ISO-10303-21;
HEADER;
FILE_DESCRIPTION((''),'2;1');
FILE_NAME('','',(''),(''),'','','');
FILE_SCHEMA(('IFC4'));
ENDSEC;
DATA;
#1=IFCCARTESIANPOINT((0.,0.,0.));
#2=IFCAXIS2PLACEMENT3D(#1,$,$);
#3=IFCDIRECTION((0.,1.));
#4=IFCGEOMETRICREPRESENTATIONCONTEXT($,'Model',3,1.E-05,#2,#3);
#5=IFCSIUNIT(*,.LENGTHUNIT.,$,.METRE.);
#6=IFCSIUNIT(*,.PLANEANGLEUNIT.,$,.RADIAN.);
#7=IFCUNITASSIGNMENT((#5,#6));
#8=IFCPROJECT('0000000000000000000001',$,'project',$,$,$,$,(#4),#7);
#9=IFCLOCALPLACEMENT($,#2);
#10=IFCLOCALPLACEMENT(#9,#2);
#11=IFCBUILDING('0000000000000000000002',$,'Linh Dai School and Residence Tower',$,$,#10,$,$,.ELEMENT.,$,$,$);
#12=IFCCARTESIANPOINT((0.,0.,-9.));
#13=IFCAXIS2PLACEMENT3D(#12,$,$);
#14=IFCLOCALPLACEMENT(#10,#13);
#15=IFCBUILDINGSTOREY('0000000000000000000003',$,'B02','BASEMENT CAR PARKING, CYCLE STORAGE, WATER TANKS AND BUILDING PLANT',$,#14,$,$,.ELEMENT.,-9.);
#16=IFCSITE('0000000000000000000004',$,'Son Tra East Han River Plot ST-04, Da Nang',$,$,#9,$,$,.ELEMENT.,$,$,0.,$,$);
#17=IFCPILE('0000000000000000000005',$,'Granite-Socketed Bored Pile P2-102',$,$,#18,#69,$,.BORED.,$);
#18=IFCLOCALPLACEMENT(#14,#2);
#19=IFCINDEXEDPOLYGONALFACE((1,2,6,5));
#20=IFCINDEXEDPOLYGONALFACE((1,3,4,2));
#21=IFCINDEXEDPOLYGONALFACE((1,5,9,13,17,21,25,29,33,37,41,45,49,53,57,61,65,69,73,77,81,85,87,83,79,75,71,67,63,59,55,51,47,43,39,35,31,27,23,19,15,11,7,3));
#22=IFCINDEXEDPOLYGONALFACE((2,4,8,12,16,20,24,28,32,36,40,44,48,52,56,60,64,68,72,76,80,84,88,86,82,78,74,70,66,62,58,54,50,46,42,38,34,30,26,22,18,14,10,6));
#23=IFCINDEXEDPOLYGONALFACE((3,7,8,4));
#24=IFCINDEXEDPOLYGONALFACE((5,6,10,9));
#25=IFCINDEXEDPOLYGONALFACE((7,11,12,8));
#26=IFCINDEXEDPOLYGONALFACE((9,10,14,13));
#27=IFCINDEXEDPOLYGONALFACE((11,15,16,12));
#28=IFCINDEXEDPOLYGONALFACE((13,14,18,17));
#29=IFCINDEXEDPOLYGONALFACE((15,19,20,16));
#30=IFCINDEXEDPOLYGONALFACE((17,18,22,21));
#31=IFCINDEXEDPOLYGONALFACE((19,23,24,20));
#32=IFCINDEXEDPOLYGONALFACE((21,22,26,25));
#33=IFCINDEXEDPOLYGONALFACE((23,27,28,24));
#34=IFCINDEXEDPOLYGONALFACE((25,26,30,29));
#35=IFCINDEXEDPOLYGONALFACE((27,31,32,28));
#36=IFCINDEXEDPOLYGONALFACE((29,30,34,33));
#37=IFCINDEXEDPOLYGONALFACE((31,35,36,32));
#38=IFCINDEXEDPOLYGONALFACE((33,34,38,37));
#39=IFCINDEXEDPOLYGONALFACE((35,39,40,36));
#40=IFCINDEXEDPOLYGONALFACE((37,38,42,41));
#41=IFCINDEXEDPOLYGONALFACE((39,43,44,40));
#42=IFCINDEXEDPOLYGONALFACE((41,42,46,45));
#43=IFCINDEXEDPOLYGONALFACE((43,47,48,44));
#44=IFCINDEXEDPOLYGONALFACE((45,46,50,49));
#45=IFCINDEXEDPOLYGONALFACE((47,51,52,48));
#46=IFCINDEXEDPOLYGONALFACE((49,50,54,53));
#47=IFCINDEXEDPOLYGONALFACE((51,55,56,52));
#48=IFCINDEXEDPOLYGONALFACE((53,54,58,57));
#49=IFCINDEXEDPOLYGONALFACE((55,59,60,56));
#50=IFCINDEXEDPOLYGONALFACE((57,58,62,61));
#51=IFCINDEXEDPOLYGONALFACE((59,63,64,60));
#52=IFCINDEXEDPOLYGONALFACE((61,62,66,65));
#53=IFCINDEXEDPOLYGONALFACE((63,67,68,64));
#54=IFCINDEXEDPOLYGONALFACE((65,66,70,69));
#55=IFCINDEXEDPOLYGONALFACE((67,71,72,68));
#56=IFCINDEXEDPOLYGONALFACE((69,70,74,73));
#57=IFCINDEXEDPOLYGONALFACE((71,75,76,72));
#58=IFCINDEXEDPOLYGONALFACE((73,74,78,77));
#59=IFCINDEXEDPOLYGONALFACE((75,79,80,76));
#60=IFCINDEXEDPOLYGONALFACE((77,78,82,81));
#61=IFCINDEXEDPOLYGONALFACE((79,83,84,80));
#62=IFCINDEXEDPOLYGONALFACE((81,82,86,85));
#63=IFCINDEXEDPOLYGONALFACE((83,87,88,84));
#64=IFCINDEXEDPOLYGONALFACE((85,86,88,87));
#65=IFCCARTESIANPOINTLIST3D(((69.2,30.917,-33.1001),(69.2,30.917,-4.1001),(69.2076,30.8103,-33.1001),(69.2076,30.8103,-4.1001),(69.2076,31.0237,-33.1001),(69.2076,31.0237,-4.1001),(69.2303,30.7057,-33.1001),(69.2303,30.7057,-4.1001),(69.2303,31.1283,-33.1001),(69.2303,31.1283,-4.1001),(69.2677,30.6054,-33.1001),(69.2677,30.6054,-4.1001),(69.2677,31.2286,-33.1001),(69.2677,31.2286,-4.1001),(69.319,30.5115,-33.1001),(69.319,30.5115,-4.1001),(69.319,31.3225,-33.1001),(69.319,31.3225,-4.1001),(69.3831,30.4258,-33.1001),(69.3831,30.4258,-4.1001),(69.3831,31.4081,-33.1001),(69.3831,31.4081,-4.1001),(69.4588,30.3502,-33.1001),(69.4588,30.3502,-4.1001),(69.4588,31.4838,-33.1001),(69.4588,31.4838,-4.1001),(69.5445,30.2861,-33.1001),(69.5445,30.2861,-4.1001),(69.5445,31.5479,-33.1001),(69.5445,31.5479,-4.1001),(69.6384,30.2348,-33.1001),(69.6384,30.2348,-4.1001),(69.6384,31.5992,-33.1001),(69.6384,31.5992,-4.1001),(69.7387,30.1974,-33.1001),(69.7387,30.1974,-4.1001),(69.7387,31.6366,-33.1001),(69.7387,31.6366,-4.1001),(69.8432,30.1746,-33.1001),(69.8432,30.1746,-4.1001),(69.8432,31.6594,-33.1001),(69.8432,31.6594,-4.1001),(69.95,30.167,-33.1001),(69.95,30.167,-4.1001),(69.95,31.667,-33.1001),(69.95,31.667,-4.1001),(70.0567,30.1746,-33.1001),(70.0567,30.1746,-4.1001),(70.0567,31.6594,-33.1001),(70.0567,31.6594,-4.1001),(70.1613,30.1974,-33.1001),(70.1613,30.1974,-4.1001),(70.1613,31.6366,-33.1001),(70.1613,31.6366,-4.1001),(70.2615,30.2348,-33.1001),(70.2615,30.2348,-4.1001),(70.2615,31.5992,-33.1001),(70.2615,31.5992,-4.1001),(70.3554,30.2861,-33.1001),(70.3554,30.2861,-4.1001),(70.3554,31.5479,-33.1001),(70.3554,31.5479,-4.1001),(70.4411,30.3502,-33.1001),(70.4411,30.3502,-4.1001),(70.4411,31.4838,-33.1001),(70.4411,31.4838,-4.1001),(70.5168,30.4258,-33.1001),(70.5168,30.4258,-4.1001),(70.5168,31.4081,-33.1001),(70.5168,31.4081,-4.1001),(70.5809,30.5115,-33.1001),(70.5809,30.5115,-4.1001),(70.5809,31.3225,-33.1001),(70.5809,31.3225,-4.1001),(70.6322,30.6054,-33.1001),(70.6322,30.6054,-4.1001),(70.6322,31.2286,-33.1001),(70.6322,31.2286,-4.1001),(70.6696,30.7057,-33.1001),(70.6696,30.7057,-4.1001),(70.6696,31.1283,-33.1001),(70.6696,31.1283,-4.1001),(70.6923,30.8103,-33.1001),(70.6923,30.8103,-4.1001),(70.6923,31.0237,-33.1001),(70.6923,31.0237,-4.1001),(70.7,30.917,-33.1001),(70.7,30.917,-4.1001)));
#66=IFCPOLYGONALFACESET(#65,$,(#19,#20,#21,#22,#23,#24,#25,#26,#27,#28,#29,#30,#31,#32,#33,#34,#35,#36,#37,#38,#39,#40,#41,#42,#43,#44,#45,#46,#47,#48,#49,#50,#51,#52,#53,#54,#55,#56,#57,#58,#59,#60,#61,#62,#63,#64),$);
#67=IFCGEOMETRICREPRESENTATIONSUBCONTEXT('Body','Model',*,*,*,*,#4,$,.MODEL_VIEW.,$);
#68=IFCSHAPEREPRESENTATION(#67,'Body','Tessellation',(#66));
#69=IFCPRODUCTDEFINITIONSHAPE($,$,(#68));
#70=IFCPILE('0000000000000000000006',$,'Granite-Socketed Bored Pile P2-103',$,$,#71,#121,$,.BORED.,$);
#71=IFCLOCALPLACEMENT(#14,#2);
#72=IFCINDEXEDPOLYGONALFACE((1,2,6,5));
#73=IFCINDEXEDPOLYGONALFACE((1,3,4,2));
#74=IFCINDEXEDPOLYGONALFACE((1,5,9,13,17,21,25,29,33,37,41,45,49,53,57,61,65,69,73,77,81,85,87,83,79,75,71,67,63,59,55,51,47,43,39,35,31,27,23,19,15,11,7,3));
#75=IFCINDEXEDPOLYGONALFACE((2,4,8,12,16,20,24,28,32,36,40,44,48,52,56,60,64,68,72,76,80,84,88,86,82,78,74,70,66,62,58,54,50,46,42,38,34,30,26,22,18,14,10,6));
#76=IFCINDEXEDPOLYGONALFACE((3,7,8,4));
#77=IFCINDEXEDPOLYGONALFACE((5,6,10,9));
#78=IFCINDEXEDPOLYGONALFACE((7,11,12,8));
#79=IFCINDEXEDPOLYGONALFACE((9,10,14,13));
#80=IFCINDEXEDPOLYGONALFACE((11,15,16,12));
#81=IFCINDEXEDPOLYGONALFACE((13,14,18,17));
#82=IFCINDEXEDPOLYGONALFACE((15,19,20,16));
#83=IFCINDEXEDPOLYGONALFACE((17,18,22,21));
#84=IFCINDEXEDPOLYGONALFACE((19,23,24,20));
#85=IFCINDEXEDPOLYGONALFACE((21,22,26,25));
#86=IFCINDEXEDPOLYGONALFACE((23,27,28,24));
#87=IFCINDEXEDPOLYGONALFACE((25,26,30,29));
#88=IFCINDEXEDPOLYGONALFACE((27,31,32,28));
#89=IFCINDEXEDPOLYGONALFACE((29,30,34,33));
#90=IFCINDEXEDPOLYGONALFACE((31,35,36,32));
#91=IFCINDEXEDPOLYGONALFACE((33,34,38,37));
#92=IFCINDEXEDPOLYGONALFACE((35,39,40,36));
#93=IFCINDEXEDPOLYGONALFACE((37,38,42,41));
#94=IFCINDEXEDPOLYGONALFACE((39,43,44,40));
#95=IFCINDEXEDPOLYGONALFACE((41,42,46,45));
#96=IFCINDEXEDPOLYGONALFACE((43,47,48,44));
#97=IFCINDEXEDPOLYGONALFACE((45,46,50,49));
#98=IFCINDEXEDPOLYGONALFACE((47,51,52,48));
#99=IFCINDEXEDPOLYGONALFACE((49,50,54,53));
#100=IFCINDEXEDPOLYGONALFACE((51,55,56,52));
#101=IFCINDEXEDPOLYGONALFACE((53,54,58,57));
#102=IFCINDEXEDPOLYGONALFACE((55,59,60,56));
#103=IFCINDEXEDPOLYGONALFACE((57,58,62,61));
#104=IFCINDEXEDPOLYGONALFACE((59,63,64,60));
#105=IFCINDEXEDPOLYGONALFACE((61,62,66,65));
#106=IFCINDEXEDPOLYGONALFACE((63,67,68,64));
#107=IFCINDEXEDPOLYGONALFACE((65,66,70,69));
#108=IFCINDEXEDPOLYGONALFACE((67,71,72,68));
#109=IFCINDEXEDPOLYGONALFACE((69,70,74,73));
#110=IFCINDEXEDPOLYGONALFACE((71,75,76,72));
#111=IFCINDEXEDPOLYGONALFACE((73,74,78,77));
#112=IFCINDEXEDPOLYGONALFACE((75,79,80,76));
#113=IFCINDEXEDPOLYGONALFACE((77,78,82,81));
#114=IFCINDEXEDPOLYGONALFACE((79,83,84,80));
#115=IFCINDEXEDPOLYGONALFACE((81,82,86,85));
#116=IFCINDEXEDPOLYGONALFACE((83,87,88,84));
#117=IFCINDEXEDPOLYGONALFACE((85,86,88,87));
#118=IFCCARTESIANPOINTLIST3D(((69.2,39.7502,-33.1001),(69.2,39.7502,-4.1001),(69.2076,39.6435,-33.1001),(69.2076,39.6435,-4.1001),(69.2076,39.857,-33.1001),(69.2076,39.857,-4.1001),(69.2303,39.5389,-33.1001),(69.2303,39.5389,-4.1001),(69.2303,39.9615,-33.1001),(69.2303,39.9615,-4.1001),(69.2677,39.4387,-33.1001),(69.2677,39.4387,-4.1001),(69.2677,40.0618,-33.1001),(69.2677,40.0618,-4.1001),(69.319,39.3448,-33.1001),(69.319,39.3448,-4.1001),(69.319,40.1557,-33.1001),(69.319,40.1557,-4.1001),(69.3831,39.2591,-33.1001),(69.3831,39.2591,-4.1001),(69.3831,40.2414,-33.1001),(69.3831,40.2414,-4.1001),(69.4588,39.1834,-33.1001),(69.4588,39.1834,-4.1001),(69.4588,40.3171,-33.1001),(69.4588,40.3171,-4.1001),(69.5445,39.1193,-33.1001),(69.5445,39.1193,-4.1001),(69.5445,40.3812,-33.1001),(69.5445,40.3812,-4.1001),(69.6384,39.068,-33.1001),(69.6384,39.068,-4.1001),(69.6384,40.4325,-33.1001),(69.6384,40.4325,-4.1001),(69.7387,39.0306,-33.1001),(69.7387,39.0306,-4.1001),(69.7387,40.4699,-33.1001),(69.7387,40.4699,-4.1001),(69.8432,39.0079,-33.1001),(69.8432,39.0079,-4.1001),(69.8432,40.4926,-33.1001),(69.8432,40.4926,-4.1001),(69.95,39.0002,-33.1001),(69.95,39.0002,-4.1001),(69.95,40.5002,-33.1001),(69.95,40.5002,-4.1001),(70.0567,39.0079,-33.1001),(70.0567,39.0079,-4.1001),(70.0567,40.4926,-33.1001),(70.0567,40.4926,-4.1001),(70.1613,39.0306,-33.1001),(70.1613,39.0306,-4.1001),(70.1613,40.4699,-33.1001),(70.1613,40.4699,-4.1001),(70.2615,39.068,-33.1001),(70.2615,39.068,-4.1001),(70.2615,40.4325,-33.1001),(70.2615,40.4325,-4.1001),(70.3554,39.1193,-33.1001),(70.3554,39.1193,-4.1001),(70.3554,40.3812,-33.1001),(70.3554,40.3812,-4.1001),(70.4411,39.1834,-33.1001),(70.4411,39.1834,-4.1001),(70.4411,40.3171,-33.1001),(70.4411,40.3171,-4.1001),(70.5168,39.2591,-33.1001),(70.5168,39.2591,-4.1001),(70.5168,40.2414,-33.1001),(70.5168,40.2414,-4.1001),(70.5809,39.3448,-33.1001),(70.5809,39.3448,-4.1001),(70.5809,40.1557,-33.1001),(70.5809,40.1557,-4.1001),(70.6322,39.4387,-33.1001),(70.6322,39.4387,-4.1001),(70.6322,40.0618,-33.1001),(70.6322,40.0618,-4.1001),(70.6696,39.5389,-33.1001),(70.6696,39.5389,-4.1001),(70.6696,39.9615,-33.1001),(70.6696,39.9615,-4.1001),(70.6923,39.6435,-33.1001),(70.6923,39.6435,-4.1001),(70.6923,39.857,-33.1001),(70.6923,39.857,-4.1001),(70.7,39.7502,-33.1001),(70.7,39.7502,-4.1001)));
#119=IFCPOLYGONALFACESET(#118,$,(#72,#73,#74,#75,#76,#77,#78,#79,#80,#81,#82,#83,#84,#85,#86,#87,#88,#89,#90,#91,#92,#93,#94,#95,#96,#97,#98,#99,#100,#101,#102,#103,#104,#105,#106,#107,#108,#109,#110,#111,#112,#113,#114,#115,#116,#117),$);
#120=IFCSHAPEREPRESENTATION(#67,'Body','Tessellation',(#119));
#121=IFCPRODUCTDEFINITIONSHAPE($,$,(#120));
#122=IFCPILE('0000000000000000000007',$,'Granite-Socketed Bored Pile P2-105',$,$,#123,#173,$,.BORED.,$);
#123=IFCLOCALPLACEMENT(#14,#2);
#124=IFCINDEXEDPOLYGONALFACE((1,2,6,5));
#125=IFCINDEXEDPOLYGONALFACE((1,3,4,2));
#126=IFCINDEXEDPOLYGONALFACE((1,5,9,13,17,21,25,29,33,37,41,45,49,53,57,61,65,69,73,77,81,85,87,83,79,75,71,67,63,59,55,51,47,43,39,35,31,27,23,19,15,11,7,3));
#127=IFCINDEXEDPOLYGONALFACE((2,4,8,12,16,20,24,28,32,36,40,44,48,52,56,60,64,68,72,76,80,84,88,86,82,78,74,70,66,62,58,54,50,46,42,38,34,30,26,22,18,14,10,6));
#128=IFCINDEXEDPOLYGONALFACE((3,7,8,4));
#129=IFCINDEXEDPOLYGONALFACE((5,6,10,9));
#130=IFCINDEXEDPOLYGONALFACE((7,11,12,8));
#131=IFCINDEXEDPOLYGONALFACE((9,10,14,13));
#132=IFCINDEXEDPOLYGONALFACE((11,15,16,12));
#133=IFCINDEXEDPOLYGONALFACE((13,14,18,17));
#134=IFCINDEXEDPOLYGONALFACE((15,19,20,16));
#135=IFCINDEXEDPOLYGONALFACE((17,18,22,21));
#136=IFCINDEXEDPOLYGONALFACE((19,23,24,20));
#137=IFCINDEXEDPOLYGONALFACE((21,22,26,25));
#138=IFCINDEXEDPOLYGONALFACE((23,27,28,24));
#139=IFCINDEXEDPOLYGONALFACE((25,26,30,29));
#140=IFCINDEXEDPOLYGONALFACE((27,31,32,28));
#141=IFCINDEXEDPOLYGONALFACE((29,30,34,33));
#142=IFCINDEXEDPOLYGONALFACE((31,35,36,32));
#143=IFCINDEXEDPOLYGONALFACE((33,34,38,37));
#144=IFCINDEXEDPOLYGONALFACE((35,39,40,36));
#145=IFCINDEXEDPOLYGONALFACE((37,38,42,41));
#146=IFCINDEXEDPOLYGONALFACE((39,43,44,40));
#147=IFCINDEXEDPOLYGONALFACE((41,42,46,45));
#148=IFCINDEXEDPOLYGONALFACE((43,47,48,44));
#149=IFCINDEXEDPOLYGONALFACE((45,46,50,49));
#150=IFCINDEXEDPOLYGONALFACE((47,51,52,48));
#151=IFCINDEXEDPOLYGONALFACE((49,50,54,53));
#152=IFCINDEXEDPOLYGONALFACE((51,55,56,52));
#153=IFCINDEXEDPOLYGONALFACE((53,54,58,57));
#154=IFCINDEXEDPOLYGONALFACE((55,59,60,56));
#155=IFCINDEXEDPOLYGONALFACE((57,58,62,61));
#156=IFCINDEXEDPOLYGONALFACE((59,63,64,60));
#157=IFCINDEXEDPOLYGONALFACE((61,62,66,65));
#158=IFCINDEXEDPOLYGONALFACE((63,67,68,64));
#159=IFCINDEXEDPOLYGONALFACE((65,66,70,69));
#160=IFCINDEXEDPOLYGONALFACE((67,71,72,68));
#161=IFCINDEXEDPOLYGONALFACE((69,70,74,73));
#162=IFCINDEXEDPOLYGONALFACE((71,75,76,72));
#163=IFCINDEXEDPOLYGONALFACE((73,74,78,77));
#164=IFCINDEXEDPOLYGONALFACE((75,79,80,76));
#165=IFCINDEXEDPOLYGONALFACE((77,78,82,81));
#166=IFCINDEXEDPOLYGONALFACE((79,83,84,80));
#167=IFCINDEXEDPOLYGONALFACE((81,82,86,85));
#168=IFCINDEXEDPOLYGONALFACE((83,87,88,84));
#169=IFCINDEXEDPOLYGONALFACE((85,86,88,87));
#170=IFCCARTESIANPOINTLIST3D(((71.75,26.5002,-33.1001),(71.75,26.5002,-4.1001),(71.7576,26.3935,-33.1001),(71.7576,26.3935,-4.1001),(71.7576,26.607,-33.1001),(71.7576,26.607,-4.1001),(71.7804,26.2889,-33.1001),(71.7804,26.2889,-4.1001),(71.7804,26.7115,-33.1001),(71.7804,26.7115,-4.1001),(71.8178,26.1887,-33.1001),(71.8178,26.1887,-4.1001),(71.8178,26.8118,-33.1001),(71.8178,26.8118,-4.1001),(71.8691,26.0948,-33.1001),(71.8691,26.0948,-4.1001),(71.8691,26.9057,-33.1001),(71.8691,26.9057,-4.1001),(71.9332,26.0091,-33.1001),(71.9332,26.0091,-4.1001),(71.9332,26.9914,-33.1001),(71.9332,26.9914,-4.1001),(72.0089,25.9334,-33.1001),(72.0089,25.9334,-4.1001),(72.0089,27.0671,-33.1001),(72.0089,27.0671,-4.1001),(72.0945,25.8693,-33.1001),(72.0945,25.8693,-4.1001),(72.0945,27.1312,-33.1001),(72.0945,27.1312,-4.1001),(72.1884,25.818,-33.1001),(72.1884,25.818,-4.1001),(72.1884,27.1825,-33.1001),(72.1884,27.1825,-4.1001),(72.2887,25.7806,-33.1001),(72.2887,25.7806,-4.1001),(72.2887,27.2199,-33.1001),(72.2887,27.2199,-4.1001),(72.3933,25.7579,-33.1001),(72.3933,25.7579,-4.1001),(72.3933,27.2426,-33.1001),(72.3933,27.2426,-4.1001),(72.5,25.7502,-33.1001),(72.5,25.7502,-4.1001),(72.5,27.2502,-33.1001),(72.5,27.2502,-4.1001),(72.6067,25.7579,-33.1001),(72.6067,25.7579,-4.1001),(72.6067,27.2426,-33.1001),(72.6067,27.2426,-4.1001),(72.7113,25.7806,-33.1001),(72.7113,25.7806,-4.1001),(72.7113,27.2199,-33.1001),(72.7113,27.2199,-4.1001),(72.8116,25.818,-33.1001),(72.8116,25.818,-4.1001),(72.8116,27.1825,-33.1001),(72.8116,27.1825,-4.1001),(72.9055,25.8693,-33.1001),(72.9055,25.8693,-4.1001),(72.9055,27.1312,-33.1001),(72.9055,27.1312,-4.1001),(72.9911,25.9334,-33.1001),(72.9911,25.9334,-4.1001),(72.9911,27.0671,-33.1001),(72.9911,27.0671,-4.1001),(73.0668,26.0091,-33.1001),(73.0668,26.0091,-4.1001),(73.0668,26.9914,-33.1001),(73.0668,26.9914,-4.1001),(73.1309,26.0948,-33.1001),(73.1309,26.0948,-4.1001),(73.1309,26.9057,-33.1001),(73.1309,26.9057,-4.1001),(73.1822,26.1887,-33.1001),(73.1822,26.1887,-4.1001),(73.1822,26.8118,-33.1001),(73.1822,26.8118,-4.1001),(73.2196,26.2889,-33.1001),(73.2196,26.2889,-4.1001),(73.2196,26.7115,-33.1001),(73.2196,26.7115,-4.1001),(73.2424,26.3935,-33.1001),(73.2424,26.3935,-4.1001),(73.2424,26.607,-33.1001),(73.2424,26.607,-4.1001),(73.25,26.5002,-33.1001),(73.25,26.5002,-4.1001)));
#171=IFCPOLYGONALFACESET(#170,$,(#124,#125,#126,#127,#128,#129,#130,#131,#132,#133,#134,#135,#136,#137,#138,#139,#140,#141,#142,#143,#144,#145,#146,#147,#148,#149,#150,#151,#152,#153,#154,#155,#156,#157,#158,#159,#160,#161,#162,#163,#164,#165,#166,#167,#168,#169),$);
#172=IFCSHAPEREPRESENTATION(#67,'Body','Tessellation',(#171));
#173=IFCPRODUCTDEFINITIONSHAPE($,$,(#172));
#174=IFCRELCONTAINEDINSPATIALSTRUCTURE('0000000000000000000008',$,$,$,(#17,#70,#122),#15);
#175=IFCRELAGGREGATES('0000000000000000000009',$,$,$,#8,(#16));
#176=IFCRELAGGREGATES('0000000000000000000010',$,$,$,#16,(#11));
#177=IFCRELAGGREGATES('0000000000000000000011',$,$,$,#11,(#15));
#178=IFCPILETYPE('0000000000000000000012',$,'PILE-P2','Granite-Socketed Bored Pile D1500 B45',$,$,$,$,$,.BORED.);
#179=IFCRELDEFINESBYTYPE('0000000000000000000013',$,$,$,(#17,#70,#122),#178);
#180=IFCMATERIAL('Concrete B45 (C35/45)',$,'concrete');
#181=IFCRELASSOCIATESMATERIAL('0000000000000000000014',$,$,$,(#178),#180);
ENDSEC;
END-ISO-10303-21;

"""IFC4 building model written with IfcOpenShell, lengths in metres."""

from ifc_helpers import new_model, si_unit, direction, frame, origin, origin_2d, place, context, subcontext, project, spatial, circle, extrude, material, material_profile, profile_set, type_object, element, save


model = new_model("IFC4")

# Units and contexts
model_context = context("Model", 3, precision=1e-05, world=origin(), true_north=direction((0.0, 1.0)))
body_context = subcontext(model_context, "Body", "Model", "MODEL_VIEW")
ifc_project = project(units=[si_unit("LENGTHUNIT", "METRE"), si_unit("PLANEANGLEUNIT", "RADIAN")], contexts=[model_context])

# Site, building, storey
site_placement = place(None, origin())
site = spatial("IfcSite", under=ifc_project, at=site_placement, Name="Son Tra East Han River Plot ST-04, Da Nang", CompositionType="ELEMENT", RefElevation=0.0)
building_placement = place(site_placement, origin())
building = spatial("IfcBuilding", under=site, at=building_placement, Name="Linh Dai School and Residence Tower", CompositionType="ELEMENT")
storey_placement = place(building_placement, frame((0.0, 0.0, -9.0)))
storey = spatial("IfcBuildingStorey", under=building, at=storey_placement, Name="B02", Description="BASEMENT CAR PARKING, CYCLE STORAGE, WATER TANKS AND BUILDING PLANT", CompositionType="ELEMENT", Elevation=-9.0)

# Piles
ifc_material_1 = material(Name="Concrete B45 (C35/45)", Category="concrete")
ifc_material_profile_1 = material_profile(ifc_material_1, circle(Radius=0.75, at=origin_2d()), Name="PILE D1500")
ifc_profile_set_1 = profile_set([ifc_material_profile_1], Name="Concrete B45 (C35/45)")
pile_type = type_object("IfcPileType", Name="PILE-P2", Description="Granite-Socketed Bored Pile D1500 B45", PredefinedType="BORED", material=ifc_profile_set_1)
for number, where, z_axis, x_axis, name in (
    (1, (69.95, 30.917, -4.1001), (0.0, 0.0, -1.0), (1.0, 0.0, 0.0), "Granite-Socketed Bored Pile P2-102"),
    (2, (69.95, 39.7502, -4.1001), (0.0, 0.0, -1.0), (1.0, 0.0, 0.0), "Granite-Socketed Bored Pile P2-103"),
    (3, (72.5, 26.5002, -4.1001), (0.0, 0.0, -1.0), (1.0, 0.0, 0.0), "Granite-Socketed Bored Pile P2-105"),
):
    element("IfcPile", number, at=place(storey_placement, frame(where, z_axis=z_axis, x_axis=x_axis)), inside=storey, type_object=pile_type, Name=name, PredefinedType="BORED", context=body_context, shape_type="SweptSolid", body=[
        extrude(circle(Radius=0.75, at=origin_2d()), origin(), (0.0, 0.0, 1.0), 29.0),
    ])

save(model, "model.ifc")
